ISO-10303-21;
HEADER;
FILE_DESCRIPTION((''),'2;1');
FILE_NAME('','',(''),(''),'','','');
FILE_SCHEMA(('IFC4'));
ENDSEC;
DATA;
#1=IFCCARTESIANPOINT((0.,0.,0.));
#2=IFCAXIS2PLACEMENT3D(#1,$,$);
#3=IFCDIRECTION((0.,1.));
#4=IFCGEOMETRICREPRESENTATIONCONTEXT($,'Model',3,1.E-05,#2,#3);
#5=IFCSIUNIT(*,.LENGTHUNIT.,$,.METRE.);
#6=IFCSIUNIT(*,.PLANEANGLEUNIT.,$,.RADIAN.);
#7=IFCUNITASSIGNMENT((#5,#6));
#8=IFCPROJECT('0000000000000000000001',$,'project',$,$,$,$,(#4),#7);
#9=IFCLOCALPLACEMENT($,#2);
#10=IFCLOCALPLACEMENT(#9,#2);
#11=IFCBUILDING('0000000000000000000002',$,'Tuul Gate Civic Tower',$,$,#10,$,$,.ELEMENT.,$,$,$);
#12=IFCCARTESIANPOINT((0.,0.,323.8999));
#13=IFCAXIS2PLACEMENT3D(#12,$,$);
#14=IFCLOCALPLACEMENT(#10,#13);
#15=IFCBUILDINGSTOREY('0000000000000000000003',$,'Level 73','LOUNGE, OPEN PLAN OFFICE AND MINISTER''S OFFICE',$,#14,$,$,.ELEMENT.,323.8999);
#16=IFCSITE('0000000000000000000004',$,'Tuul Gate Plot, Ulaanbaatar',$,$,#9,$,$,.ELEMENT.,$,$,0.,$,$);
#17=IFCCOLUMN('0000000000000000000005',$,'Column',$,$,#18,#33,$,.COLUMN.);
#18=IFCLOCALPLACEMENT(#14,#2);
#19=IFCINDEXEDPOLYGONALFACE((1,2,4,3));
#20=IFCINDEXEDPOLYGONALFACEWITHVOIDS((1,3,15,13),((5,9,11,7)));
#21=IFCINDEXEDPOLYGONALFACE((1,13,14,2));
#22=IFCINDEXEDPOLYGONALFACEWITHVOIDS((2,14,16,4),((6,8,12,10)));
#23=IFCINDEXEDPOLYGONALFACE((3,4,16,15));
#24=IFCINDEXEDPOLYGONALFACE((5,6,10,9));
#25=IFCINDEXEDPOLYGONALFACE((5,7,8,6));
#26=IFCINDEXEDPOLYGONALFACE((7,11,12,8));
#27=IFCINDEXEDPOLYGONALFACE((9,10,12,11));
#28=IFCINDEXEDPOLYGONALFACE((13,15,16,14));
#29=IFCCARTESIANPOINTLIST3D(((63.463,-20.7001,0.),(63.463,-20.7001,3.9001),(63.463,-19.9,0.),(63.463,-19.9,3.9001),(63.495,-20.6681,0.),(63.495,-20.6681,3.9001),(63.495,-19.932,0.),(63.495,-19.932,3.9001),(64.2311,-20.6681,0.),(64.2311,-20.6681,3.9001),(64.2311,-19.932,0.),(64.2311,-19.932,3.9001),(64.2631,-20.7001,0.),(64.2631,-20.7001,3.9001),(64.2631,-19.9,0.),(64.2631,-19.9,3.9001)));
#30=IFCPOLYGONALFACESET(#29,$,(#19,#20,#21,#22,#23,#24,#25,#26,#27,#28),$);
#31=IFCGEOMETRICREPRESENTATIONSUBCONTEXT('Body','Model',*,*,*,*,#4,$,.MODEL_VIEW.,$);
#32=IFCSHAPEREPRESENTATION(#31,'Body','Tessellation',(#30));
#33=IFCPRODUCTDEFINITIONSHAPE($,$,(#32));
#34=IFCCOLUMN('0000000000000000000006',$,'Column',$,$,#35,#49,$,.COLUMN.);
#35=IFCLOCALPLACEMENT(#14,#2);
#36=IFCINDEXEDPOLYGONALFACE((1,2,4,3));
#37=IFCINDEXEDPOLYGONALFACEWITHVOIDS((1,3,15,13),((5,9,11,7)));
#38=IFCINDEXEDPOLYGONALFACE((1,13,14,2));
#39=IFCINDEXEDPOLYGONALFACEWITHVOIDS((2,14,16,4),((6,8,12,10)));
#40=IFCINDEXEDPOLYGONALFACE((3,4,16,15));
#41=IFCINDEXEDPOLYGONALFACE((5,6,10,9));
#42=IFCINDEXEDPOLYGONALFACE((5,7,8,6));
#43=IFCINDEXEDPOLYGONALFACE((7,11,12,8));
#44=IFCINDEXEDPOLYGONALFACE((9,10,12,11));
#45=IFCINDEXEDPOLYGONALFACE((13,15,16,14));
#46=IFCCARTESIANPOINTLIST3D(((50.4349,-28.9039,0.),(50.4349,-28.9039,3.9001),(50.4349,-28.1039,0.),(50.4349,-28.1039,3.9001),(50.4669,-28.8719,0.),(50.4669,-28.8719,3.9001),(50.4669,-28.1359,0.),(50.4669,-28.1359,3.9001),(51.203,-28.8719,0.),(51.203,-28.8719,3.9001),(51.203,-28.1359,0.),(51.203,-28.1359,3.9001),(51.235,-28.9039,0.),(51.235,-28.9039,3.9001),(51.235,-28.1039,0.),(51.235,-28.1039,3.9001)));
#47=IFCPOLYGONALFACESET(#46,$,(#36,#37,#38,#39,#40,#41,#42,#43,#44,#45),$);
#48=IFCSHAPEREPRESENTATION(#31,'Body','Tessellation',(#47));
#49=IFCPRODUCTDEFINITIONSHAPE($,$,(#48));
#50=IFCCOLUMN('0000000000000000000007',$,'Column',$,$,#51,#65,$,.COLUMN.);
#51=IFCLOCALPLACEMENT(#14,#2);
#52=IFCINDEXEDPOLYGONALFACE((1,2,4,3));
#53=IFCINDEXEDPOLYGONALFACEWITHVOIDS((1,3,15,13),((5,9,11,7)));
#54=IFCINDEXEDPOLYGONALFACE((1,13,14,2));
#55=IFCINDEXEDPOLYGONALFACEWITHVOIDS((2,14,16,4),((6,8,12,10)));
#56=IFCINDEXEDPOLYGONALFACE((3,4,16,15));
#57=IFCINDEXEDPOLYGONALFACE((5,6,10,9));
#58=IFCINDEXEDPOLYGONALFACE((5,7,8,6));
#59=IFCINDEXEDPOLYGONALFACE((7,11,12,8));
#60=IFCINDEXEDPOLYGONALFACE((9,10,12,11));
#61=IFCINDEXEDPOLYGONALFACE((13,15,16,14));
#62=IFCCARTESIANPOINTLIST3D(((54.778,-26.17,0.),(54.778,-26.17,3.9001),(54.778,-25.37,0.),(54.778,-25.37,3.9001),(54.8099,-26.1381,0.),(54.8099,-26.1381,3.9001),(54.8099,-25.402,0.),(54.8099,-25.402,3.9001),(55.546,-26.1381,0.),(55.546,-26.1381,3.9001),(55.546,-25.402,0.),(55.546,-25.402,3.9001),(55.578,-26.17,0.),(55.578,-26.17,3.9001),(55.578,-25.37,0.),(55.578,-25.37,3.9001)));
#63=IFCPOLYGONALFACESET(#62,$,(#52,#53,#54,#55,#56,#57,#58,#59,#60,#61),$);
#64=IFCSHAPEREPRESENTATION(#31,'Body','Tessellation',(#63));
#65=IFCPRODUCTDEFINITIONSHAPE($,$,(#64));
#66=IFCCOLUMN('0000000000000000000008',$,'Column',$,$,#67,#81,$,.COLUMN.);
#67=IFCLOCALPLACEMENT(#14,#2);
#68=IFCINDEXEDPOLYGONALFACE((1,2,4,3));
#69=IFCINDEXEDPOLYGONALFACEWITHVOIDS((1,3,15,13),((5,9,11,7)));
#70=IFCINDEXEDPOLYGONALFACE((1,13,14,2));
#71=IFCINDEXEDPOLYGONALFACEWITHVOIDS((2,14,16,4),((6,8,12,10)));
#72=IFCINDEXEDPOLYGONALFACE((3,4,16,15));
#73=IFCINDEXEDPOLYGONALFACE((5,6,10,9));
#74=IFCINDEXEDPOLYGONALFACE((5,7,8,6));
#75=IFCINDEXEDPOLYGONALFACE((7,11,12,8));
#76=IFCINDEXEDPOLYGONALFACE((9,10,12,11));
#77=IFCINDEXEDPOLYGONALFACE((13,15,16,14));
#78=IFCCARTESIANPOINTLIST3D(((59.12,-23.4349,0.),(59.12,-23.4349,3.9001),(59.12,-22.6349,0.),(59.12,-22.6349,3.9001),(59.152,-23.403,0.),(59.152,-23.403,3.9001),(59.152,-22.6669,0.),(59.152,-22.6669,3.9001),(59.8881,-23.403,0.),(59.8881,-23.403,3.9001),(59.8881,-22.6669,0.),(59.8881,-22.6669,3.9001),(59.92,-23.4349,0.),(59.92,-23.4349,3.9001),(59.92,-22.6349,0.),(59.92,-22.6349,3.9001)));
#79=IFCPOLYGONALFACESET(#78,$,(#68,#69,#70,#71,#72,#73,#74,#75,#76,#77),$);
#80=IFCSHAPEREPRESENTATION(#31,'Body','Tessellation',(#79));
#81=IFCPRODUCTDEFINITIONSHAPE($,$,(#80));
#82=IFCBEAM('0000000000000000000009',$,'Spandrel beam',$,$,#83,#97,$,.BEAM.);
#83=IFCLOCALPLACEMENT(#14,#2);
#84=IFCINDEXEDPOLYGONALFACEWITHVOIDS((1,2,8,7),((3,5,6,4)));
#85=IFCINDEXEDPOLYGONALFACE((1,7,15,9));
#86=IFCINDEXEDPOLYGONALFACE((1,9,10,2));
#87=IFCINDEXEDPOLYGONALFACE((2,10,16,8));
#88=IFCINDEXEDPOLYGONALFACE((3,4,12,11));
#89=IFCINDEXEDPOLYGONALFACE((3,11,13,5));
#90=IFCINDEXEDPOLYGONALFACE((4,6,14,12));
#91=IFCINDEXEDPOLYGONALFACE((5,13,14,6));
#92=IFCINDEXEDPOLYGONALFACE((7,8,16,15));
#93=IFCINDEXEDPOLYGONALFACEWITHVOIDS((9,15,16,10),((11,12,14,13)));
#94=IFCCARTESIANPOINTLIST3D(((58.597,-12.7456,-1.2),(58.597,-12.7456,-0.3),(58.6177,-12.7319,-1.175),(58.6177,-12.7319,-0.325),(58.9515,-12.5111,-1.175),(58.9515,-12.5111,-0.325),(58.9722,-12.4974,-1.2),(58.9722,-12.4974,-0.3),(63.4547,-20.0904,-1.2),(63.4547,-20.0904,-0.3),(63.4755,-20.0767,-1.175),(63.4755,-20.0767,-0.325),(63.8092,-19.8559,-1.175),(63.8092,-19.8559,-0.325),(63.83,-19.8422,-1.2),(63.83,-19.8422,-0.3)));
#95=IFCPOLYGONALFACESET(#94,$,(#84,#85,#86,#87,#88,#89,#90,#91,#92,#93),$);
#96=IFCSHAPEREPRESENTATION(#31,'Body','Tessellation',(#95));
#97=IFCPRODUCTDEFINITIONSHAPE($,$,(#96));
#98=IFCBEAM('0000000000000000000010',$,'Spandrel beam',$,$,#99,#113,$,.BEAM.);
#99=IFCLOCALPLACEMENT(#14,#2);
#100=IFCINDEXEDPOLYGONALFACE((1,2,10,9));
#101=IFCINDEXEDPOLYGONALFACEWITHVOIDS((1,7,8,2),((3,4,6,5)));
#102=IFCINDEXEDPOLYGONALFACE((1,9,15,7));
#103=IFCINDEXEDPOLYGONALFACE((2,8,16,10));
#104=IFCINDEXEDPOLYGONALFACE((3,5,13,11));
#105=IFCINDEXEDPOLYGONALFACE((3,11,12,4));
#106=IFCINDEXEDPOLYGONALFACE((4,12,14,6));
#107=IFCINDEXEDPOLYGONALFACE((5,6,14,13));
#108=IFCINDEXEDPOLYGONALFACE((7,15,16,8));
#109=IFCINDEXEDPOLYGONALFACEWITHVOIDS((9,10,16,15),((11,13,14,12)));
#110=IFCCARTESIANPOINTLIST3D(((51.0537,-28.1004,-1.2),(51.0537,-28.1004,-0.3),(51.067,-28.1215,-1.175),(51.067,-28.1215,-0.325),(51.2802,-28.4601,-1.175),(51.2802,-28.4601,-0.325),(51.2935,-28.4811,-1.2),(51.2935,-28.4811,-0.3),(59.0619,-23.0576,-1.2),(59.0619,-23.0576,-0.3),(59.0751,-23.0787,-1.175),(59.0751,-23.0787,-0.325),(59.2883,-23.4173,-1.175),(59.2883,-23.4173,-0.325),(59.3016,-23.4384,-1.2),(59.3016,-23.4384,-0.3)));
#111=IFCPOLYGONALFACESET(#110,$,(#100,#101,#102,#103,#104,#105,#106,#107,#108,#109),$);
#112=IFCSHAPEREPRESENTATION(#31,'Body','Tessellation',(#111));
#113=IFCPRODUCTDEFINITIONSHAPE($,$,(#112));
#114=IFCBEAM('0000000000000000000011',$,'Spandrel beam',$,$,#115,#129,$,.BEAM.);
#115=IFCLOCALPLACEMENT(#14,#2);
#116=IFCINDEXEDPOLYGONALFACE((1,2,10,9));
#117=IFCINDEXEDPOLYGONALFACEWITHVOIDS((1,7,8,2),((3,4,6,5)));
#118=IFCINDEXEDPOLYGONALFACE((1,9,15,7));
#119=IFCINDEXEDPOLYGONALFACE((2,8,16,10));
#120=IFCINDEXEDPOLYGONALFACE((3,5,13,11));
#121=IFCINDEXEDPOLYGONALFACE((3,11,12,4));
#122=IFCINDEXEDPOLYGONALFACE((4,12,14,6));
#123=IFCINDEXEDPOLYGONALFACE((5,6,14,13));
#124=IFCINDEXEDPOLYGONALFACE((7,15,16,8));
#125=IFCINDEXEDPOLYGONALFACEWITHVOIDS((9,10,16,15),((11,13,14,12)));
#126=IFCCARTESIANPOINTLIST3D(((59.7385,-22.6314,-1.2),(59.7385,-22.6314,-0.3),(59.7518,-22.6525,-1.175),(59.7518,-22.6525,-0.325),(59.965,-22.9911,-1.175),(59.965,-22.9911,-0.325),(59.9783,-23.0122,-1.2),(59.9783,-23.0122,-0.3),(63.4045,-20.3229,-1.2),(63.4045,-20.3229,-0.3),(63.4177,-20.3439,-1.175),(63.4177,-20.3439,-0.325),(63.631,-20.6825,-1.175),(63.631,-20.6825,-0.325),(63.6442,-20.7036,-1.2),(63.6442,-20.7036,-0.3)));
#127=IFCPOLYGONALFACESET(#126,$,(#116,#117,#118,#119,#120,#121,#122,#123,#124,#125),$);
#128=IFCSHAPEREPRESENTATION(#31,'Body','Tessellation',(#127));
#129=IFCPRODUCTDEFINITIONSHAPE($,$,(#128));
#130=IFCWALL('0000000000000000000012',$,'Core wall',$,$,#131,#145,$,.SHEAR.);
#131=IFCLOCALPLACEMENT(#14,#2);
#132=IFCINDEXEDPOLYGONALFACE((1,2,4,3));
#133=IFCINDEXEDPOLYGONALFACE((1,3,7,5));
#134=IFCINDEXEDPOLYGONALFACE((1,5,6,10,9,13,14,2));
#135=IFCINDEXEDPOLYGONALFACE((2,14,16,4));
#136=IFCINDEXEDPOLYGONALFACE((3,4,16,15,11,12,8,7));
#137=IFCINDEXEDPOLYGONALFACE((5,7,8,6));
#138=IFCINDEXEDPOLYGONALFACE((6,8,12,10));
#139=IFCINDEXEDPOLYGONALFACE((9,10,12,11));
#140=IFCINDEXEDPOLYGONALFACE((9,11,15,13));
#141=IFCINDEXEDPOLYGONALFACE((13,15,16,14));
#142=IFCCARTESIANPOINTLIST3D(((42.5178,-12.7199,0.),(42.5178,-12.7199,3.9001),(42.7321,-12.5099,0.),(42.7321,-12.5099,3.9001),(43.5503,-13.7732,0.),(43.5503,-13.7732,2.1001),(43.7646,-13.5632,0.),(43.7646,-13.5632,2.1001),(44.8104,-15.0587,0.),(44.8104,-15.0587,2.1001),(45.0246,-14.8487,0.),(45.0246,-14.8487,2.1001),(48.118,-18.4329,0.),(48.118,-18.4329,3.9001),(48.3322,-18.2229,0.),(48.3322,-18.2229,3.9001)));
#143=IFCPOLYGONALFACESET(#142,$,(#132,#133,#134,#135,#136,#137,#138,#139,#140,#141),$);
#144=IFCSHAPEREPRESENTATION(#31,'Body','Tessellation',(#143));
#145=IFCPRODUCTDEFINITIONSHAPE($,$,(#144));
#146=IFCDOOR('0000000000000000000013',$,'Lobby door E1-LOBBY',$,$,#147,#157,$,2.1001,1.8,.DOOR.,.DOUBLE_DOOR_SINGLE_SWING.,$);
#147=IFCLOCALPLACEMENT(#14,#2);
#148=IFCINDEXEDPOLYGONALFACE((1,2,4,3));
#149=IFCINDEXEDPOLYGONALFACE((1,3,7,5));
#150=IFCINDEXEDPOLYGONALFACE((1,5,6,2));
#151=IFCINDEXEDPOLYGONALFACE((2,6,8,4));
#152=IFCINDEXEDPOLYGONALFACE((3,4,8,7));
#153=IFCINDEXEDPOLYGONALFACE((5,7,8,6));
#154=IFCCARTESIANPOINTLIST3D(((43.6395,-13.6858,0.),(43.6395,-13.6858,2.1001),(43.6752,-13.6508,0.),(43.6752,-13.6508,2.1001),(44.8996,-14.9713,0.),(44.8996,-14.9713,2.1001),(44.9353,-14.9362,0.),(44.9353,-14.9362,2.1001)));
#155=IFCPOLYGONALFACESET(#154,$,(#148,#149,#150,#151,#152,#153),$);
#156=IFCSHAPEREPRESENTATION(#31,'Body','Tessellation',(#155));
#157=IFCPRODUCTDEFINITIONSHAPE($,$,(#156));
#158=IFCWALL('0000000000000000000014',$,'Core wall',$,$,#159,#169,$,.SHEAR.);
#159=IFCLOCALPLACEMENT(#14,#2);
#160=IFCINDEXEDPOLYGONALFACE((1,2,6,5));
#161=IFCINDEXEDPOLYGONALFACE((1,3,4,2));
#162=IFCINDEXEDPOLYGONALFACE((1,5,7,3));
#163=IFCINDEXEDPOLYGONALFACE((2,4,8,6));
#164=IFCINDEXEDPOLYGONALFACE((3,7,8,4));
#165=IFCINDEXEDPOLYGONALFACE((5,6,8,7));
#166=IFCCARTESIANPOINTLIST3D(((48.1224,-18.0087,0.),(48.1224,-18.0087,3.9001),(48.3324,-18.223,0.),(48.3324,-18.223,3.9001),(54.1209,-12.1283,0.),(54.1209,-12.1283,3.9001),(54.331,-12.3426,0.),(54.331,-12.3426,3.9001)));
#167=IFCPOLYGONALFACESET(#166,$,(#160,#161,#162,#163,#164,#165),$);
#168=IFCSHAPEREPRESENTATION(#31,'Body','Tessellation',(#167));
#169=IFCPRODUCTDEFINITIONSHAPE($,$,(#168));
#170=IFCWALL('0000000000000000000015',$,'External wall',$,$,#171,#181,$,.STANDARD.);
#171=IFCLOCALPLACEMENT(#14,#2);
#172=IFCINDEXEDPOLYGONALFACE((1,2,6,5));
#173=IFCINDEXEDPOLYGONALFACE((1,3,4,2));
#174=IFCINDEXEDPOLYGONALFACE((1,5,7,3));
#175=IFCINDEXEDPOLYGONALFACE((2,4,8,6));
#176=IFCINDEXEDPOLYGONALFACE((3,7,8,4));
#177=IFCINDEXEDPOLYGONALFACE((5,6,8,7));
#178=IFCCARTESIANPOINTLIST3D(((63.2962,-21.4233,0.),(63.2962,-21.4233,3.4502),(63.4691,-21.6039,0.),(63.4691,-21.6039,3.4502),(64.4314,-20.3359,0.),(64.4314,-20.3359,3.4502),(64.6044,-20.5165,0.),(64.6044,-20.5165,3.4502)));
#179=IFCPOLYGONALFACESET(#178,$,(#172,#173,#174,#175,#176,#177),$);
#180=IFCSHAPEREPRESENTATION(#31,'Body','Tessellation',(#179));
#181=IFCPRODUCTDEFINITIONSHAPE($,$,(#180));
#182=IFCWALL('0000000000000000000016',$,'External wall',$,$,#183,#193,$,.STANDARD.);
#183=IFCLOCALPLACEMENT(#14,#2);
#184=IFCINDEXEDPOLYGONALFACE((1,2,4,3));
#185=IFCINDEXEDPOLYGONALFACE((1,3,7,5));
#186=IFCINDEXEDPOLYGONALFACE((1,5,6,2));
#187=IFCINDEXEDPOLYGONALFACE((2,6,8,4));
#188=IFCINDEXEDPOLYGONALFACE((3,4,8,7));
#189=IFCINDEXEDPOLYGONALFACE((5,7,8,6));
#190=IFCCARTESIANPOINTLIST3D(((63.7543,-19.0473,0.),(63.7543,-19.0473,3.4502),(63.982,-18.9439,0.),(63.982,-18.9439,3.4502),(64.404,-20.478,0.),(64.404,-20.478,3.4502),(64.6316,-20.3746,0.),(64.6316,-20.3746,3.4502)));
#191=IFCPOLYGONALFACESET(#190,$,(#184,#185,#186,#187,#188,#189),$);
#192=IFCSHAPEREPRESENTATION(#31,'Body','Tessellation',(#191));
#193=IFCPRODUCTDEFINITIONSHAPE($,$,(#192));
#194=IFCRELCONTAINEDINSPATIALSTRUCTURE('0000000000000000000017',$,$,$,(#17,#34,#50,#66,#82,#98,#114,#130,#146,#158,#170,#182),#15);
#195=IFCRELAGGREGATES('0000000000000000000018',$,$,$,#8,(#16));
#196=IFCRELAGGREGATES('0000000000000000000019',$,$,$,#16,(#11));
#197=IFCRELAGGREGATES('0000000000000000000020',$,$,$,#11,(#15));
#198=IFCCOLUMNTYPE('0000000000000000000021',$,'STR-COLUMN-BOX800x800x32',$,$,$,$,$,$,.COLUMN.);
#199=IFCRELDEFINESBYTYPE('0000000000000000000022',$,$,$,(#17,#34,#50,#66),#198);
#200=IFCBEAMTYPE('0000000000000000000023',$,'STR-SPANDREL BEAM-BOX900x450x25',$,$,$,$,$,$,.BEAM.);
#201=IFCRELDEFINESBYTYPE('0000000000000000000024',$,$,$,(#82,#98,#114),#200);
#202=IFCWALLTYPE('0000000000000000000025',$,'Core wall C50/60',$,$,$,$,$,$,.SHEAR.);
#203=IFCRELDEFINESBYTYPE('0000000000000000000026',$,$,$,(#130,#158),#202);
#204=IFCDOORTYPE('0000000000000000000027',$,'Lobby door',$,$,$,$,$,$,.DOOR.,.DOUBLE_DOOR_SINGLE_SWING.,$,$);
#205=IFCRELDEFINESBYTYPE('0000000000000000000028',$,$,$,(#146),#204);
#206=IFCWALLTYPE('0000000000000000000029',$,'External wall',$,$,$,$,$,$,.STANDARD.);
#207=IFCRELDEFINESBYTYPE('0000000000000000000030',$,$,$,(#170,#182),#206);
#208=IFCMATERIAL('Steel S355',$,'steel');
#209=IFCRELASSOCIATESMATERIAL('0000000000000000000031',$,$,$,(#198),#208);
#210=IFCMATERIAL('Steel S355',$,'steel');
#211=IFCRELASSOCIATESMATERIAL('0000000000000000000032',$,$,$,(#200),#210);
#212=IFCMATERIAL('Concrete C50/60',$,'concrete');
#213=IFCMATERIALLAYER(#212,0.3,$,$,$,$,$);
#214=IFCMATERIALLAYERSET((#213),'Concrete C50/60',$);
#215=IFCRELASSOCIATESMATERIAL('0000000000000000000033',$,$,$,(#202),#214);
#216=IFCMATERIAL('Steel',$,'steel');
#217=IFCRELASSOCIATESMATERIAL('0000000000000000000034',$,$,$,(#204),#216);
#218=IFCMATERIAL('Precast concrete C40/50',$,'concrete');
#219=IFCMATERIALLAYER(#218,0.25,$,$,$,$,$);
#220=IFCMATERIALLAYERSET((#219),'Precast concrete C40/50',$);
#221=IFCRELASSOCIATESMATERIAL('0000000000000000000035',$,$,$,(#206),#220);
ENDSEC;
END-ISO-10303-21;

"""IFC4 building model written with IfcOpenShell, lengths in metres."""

from ifc_helpers import new_model, si_unit, direction, frame, frame_2d, origin, origin_2d, place, context, subcontext, project, spatial, rectangle, hollow_rectangle, extrude, material, layer, layer_set, material_profile, profile_set, type_object, element, fill, save


model = new_model("IFC4")

# Units and contexts
model_context = context("Model", 3, precision=1e-05, world=origin(), true_north=direction((0.0, 1.0)))
body_context = subcontext(model_context, "Body", "Model", "MODEL_VIEW")
ifc_project = project(units=[si_unit("LENGTHUNIT", "METRE"), si_unit("PLANEANGLEUNIT", "RADIAN")], contexts=[model_context])

# Site, building, storey
site_placement = place(None, origin())
site = spatial("IfcSite", under=ifc_project, at=site_placement, Name="Tuul Gate Plot, Ulaanbaatar", CompositionType="ELEMENT", RefElevation=0.0)
building_placement = place(site_placement, origin())
building = spatial("IfcBuilding", under=site, at=building_placement, Name="Tuul Gate Civic Tower", CompositionType="ELEMENT")
storey_placement = place(building_placement, frame((0.0, 0.0, 323.8999)))
storey = spatial("IfcBuildingStorey", under=building, at=storey_placement, Name="Level 73", Description="LOUNGE, OPEN PLAN OFFICE AND MINISTER'S OFFICE", CompositionType="ELEMENT", Elevation=323.8999)

# Columns
ifc_material_1 = material(Name="Steel S355", Category="steel")
ifc_material_profile_1 = material_profile(ifc_material_1, hollow_rectangle(XDim=0.8, YDim=0.8, WallThickness=0.032, at=origin_2d()), Name="BOX800x800x32")
ifc_profile_set_1 = profile_set([ifc_material_profile_1], Name="Steel S355")
column_type = type_object("IfcColumnType", Name="STR-COLUMN-BOX800x800x32", PredefinedType="COLUMN", material=ifc_profile_set_1)
for number, where, z_axis, x_axis, name in (
    (1, (63.863, -20.3, 0.0), (0.0, 0.0, 1.0), (1.0, 0.0, 0.0), "Column"),
    (2, (50.835, -28.5039, 0.0), (0.0, 0.0, 1.0), (1.0, 0.0, 0.0), "Column"),
    (3, (55.178, -25.77, 0.0), (0.0, 0.0, 1.0), (1.0, 0.0, 0.0), "Column"),
    (4, (59.52, -23.0349, 0.0), (0.0, 0.0, 1.0), (1.0, 0.0, 0.0), "Column"),
):
    element("IfcColumn", number, at=place(storey_placement, frame(where, z_axis=z_axis, x_axis=x_axis)), inside=storey, type_object=column_type, Name=name, PredefinedType="COLUMN", context=body_context, shape_type="SweptSolid", body=[
        extrude(hollow_rectangle(XDim=0.8, YDim=0.8, WallThickness=0.032, at=origin_2d()), origin(), (0.0, 0.0, 1.0), 3.9001),
    ])

# Beams
ifc_material_2 = material(Name="Steel S355", Category="steel")
ifc_material_profile_2 = material_profile(ifc_material_2, hollow_rectangle(XDim=0.45, YDim=0.8999, WallThickness=0.0249, at=origin_2d()), Name="BOX900x450x25")
ifc_profile_set_2 = profile_set([ifc_material_profile_2], Name="Steel S355")
beam_type = type_object("IfcBeamType", Name="STR-SPANDREL BEAM-BOX900x450x25", PredefinedType="BEAM", material=ifc_profile_set_2)
beam_1_placement = place(storey_placement, frame((63.6423, -19.9663, -0.75), z_axis=(-0.551645, 0.834079, 0.0), x_axis=(-0.834079, -0.551645, 0.0)))
element("IfcBeam", 5, at=beam_1_placement, inside=storey, type_object=beam_type, Name="Spandrel beam", PredefinedType="BEAM", context=body_context, shape_type="SweptSolid", body=[
    extrude(hollow_rectangle(XDim=0.45, YDim=0.8999, WallThickness=0.0249, at=origin_2d()), origin(), (0.0, 0.0, 1.0), 8.8059),
])
beam_2_placement = place(storey_placement, frame((51.1736, -28.2908, -0.75), z_axis=(0.846204, 0.53286, 0.0), x_axis=(-0.53286, 0.846204, 0.0)))
element("IfcBeam", 6, at=beam_2_placement, inside=storey, type_object=beam_type, Name="Spandrel beam", PredefinedType="BEAM", context=body_context, shape_type="SweptSolid", body=[
    extrude(hollow_rectangle(XDim=0.45, YDim=0.8999, WallThickness=0.0249, at=origin_2d()), origin(), (0.0, 0.0, 1.0), 9.4636),
])
beam_3_placement = place(storey_placement, frame((59.8584, -22.8218, -0.75), z_axis=(0.846195, 0.532873, 0.0), x_axis=(-0.532873, 0.846195, 0.0)))
element("IfcBeam", 7, at=beam_3_placement, inside=storey, type_object=beam_type, Name="Spandrel beam", PredefinedType="BEAM", context=body_context, shape_type="SweptSolid", body=[
    extrude(hollow_rectangle(XDim=0.45, YDim=0.8999, WallThickness=0.0249, at=origin_2d()), origin(), (0.0, 0.0, 1.0), 4.3323),
])

# Wall, opening, door
ifc_material_3 = material(Name="Concrete C50/60", Category="concrete")
ifc_layer_1 = layer(ifc_material_3, 0.3)
ifc_layer_set_1 = layer_set([ifc_layer_1], Name="Concrete C50/60")
wall_type_1 = type_object("IfcWallType", Name="Core wall C50/60", PredefinedType="SHEAR", material=ifc_layer_set_1)
wall_1_placement = place(storey_placement, frame((48.2251, -18.3279, 0.0), z_axis=(0.0, 0.0, 1.0), x_axis=(-0.700022, 0.714121, 0.0)))
wall_1 = element("IfcWall", 8, at=wall_1_placement, inside=storey, type_object=wall_type_1, Name="Core wall", PredefinedType="SHEAR", context=body_context, shape_type="SweptSolid", body=[
    extrude(rectangle(XDim=8.0, YDim=0.3, at=frame_2d((4.0, 0.0))), origin(), (0.0, 0.0, 1.0), 3.9001),
])
opening_1_placement = place(wall_1_placement, frame((4.7251, 0.0, 0.0)))
opening_1 = element("IfcOpeningElement", 9, at=opening_1_placement, cuts=wall_1, PredefinedType="OPENING", context=body_context, shape_type="SweptSolid", body=[
    extrude(rectangle(XDim=1.8, YDim=2.1001, at=frame_2d((0.8999, 1.05))), frame((0.0, 0.1602, 0.0), z_axis=(0.0, -1.0, 0.0), x_axis=(1.0, 0.0, 0.0)), (0.0, 0.0, 1.0), 0.3201),
])
ifc_material_4 = material(Name="Steel", Category="steel")
door_type = type_object("IfcDoorType", Name="Lobby door", OperationType="DOUBLE_DOOR_SINGLE_SWING", PredefinedType="DOOR", material=ifc_material_4)
door_placement = place(opening_1_placement, frame((1.8, 0.0, 0.0), z_axis=(0.0, 0.0, 1.0), x_axis=(-1.0, 0.0, 0.0)))
door = element("IfcDoor", 10, at=door_placement, inside=storey, type_object=door_type, Name="Lobby door E1-LOBBY", OperationType="DOUBLE_DOOR_SINGLE_SWING", OverallHeight=2.1001, OverallWidth=1.8, PredefinedType="DOOR", context=body_context, shape_type="SweptSolid", body=[
    extrude(rectangle(XDim=1.8, YDim=2.1001, at=frame_2d((0.9001, 1.05))), frame((0.0, 0.0249, 0.0), z_axis=(0.0, -1.0, 0.0), x_axis=(1.0, 0.0, 0.0)), (0.0, 0.0, 1.0), 0.05),
])
fill(opening_1, door)

# Walls
wall_2_placement = place(storey_placement, frame((48.2273, -18.116, 0.0), z_axis=(0.0, 0.0, 1.0), x_axis=(0.714105, 0.700038, 0.0)))
element("IfcWall", 11, at=wall_2_placement, inside=storey, type_object=wall_type_1, Name="Core wall", PredefinedType="SHEAR", context=body_context, shape_type="SweptSolid", body=[
    extrude(rectangle(XDim=8.4001, YDim=0.3, at=frame_2d((4.2002, 0.0))), origin(), (0.0, 0.0, 1.0), 3.9001),
])
ifc_material_5 = material(Name="Precast concrete C40/50", Category="concrete")
ifc_layer_2 = layer(ifc_material_5, 0.25)
ifc_layer_set_2 = layer_set([ifc_layer_2], Name="Precast concrete C40/50")
wall_type_2 = type_object("IfcWallType", Name="External wall", PredefinedType="STANDARD", material=ifc_layer_set_2)
wall_3_placement = place(storey_placement, frame((63.3826, -21.5137, 0.0), z_axis=(0.0, 0.0, 1.0), x_axis=(0.722163, 0.691723, 0.0)))
element("IfcWall", 12, at=wall_3_placement, inside=storey, type_object=wall_type_2, Name="External wall", PredefinedType="STANDARD", context=body_context, shape_type="SweptSolid", body=[
    extrude(rectangle(XDim=1.572, YDim=0.25, at=frame_2d((0.7861, 0.0))), origin(), (0.0, 0.0, 1.0), 3.4502),
])
wall_4_placement = place(storey_placement, frame((64.5178, -20.4263, 0.0), z_axis=(0.0, 0.0, 1.0), x_axis=(-0.413463, 0.910521, 0.0)))
element("IfcWall", 13, at=wall_4_placement, inside=storey, type_object=wall_type_2, Name="External wall", PredefinedType="STANDARD", context=body_context, shape_type="SweptSolid", body=[
    extrude(rectangle(XDim=1.5713, YDim=0.25, at=frame_2d((0.7856, 0.0))), origin(), (0.0, 0.0, 1.0), 3.4502),
])

save(model, "model.ifc")
